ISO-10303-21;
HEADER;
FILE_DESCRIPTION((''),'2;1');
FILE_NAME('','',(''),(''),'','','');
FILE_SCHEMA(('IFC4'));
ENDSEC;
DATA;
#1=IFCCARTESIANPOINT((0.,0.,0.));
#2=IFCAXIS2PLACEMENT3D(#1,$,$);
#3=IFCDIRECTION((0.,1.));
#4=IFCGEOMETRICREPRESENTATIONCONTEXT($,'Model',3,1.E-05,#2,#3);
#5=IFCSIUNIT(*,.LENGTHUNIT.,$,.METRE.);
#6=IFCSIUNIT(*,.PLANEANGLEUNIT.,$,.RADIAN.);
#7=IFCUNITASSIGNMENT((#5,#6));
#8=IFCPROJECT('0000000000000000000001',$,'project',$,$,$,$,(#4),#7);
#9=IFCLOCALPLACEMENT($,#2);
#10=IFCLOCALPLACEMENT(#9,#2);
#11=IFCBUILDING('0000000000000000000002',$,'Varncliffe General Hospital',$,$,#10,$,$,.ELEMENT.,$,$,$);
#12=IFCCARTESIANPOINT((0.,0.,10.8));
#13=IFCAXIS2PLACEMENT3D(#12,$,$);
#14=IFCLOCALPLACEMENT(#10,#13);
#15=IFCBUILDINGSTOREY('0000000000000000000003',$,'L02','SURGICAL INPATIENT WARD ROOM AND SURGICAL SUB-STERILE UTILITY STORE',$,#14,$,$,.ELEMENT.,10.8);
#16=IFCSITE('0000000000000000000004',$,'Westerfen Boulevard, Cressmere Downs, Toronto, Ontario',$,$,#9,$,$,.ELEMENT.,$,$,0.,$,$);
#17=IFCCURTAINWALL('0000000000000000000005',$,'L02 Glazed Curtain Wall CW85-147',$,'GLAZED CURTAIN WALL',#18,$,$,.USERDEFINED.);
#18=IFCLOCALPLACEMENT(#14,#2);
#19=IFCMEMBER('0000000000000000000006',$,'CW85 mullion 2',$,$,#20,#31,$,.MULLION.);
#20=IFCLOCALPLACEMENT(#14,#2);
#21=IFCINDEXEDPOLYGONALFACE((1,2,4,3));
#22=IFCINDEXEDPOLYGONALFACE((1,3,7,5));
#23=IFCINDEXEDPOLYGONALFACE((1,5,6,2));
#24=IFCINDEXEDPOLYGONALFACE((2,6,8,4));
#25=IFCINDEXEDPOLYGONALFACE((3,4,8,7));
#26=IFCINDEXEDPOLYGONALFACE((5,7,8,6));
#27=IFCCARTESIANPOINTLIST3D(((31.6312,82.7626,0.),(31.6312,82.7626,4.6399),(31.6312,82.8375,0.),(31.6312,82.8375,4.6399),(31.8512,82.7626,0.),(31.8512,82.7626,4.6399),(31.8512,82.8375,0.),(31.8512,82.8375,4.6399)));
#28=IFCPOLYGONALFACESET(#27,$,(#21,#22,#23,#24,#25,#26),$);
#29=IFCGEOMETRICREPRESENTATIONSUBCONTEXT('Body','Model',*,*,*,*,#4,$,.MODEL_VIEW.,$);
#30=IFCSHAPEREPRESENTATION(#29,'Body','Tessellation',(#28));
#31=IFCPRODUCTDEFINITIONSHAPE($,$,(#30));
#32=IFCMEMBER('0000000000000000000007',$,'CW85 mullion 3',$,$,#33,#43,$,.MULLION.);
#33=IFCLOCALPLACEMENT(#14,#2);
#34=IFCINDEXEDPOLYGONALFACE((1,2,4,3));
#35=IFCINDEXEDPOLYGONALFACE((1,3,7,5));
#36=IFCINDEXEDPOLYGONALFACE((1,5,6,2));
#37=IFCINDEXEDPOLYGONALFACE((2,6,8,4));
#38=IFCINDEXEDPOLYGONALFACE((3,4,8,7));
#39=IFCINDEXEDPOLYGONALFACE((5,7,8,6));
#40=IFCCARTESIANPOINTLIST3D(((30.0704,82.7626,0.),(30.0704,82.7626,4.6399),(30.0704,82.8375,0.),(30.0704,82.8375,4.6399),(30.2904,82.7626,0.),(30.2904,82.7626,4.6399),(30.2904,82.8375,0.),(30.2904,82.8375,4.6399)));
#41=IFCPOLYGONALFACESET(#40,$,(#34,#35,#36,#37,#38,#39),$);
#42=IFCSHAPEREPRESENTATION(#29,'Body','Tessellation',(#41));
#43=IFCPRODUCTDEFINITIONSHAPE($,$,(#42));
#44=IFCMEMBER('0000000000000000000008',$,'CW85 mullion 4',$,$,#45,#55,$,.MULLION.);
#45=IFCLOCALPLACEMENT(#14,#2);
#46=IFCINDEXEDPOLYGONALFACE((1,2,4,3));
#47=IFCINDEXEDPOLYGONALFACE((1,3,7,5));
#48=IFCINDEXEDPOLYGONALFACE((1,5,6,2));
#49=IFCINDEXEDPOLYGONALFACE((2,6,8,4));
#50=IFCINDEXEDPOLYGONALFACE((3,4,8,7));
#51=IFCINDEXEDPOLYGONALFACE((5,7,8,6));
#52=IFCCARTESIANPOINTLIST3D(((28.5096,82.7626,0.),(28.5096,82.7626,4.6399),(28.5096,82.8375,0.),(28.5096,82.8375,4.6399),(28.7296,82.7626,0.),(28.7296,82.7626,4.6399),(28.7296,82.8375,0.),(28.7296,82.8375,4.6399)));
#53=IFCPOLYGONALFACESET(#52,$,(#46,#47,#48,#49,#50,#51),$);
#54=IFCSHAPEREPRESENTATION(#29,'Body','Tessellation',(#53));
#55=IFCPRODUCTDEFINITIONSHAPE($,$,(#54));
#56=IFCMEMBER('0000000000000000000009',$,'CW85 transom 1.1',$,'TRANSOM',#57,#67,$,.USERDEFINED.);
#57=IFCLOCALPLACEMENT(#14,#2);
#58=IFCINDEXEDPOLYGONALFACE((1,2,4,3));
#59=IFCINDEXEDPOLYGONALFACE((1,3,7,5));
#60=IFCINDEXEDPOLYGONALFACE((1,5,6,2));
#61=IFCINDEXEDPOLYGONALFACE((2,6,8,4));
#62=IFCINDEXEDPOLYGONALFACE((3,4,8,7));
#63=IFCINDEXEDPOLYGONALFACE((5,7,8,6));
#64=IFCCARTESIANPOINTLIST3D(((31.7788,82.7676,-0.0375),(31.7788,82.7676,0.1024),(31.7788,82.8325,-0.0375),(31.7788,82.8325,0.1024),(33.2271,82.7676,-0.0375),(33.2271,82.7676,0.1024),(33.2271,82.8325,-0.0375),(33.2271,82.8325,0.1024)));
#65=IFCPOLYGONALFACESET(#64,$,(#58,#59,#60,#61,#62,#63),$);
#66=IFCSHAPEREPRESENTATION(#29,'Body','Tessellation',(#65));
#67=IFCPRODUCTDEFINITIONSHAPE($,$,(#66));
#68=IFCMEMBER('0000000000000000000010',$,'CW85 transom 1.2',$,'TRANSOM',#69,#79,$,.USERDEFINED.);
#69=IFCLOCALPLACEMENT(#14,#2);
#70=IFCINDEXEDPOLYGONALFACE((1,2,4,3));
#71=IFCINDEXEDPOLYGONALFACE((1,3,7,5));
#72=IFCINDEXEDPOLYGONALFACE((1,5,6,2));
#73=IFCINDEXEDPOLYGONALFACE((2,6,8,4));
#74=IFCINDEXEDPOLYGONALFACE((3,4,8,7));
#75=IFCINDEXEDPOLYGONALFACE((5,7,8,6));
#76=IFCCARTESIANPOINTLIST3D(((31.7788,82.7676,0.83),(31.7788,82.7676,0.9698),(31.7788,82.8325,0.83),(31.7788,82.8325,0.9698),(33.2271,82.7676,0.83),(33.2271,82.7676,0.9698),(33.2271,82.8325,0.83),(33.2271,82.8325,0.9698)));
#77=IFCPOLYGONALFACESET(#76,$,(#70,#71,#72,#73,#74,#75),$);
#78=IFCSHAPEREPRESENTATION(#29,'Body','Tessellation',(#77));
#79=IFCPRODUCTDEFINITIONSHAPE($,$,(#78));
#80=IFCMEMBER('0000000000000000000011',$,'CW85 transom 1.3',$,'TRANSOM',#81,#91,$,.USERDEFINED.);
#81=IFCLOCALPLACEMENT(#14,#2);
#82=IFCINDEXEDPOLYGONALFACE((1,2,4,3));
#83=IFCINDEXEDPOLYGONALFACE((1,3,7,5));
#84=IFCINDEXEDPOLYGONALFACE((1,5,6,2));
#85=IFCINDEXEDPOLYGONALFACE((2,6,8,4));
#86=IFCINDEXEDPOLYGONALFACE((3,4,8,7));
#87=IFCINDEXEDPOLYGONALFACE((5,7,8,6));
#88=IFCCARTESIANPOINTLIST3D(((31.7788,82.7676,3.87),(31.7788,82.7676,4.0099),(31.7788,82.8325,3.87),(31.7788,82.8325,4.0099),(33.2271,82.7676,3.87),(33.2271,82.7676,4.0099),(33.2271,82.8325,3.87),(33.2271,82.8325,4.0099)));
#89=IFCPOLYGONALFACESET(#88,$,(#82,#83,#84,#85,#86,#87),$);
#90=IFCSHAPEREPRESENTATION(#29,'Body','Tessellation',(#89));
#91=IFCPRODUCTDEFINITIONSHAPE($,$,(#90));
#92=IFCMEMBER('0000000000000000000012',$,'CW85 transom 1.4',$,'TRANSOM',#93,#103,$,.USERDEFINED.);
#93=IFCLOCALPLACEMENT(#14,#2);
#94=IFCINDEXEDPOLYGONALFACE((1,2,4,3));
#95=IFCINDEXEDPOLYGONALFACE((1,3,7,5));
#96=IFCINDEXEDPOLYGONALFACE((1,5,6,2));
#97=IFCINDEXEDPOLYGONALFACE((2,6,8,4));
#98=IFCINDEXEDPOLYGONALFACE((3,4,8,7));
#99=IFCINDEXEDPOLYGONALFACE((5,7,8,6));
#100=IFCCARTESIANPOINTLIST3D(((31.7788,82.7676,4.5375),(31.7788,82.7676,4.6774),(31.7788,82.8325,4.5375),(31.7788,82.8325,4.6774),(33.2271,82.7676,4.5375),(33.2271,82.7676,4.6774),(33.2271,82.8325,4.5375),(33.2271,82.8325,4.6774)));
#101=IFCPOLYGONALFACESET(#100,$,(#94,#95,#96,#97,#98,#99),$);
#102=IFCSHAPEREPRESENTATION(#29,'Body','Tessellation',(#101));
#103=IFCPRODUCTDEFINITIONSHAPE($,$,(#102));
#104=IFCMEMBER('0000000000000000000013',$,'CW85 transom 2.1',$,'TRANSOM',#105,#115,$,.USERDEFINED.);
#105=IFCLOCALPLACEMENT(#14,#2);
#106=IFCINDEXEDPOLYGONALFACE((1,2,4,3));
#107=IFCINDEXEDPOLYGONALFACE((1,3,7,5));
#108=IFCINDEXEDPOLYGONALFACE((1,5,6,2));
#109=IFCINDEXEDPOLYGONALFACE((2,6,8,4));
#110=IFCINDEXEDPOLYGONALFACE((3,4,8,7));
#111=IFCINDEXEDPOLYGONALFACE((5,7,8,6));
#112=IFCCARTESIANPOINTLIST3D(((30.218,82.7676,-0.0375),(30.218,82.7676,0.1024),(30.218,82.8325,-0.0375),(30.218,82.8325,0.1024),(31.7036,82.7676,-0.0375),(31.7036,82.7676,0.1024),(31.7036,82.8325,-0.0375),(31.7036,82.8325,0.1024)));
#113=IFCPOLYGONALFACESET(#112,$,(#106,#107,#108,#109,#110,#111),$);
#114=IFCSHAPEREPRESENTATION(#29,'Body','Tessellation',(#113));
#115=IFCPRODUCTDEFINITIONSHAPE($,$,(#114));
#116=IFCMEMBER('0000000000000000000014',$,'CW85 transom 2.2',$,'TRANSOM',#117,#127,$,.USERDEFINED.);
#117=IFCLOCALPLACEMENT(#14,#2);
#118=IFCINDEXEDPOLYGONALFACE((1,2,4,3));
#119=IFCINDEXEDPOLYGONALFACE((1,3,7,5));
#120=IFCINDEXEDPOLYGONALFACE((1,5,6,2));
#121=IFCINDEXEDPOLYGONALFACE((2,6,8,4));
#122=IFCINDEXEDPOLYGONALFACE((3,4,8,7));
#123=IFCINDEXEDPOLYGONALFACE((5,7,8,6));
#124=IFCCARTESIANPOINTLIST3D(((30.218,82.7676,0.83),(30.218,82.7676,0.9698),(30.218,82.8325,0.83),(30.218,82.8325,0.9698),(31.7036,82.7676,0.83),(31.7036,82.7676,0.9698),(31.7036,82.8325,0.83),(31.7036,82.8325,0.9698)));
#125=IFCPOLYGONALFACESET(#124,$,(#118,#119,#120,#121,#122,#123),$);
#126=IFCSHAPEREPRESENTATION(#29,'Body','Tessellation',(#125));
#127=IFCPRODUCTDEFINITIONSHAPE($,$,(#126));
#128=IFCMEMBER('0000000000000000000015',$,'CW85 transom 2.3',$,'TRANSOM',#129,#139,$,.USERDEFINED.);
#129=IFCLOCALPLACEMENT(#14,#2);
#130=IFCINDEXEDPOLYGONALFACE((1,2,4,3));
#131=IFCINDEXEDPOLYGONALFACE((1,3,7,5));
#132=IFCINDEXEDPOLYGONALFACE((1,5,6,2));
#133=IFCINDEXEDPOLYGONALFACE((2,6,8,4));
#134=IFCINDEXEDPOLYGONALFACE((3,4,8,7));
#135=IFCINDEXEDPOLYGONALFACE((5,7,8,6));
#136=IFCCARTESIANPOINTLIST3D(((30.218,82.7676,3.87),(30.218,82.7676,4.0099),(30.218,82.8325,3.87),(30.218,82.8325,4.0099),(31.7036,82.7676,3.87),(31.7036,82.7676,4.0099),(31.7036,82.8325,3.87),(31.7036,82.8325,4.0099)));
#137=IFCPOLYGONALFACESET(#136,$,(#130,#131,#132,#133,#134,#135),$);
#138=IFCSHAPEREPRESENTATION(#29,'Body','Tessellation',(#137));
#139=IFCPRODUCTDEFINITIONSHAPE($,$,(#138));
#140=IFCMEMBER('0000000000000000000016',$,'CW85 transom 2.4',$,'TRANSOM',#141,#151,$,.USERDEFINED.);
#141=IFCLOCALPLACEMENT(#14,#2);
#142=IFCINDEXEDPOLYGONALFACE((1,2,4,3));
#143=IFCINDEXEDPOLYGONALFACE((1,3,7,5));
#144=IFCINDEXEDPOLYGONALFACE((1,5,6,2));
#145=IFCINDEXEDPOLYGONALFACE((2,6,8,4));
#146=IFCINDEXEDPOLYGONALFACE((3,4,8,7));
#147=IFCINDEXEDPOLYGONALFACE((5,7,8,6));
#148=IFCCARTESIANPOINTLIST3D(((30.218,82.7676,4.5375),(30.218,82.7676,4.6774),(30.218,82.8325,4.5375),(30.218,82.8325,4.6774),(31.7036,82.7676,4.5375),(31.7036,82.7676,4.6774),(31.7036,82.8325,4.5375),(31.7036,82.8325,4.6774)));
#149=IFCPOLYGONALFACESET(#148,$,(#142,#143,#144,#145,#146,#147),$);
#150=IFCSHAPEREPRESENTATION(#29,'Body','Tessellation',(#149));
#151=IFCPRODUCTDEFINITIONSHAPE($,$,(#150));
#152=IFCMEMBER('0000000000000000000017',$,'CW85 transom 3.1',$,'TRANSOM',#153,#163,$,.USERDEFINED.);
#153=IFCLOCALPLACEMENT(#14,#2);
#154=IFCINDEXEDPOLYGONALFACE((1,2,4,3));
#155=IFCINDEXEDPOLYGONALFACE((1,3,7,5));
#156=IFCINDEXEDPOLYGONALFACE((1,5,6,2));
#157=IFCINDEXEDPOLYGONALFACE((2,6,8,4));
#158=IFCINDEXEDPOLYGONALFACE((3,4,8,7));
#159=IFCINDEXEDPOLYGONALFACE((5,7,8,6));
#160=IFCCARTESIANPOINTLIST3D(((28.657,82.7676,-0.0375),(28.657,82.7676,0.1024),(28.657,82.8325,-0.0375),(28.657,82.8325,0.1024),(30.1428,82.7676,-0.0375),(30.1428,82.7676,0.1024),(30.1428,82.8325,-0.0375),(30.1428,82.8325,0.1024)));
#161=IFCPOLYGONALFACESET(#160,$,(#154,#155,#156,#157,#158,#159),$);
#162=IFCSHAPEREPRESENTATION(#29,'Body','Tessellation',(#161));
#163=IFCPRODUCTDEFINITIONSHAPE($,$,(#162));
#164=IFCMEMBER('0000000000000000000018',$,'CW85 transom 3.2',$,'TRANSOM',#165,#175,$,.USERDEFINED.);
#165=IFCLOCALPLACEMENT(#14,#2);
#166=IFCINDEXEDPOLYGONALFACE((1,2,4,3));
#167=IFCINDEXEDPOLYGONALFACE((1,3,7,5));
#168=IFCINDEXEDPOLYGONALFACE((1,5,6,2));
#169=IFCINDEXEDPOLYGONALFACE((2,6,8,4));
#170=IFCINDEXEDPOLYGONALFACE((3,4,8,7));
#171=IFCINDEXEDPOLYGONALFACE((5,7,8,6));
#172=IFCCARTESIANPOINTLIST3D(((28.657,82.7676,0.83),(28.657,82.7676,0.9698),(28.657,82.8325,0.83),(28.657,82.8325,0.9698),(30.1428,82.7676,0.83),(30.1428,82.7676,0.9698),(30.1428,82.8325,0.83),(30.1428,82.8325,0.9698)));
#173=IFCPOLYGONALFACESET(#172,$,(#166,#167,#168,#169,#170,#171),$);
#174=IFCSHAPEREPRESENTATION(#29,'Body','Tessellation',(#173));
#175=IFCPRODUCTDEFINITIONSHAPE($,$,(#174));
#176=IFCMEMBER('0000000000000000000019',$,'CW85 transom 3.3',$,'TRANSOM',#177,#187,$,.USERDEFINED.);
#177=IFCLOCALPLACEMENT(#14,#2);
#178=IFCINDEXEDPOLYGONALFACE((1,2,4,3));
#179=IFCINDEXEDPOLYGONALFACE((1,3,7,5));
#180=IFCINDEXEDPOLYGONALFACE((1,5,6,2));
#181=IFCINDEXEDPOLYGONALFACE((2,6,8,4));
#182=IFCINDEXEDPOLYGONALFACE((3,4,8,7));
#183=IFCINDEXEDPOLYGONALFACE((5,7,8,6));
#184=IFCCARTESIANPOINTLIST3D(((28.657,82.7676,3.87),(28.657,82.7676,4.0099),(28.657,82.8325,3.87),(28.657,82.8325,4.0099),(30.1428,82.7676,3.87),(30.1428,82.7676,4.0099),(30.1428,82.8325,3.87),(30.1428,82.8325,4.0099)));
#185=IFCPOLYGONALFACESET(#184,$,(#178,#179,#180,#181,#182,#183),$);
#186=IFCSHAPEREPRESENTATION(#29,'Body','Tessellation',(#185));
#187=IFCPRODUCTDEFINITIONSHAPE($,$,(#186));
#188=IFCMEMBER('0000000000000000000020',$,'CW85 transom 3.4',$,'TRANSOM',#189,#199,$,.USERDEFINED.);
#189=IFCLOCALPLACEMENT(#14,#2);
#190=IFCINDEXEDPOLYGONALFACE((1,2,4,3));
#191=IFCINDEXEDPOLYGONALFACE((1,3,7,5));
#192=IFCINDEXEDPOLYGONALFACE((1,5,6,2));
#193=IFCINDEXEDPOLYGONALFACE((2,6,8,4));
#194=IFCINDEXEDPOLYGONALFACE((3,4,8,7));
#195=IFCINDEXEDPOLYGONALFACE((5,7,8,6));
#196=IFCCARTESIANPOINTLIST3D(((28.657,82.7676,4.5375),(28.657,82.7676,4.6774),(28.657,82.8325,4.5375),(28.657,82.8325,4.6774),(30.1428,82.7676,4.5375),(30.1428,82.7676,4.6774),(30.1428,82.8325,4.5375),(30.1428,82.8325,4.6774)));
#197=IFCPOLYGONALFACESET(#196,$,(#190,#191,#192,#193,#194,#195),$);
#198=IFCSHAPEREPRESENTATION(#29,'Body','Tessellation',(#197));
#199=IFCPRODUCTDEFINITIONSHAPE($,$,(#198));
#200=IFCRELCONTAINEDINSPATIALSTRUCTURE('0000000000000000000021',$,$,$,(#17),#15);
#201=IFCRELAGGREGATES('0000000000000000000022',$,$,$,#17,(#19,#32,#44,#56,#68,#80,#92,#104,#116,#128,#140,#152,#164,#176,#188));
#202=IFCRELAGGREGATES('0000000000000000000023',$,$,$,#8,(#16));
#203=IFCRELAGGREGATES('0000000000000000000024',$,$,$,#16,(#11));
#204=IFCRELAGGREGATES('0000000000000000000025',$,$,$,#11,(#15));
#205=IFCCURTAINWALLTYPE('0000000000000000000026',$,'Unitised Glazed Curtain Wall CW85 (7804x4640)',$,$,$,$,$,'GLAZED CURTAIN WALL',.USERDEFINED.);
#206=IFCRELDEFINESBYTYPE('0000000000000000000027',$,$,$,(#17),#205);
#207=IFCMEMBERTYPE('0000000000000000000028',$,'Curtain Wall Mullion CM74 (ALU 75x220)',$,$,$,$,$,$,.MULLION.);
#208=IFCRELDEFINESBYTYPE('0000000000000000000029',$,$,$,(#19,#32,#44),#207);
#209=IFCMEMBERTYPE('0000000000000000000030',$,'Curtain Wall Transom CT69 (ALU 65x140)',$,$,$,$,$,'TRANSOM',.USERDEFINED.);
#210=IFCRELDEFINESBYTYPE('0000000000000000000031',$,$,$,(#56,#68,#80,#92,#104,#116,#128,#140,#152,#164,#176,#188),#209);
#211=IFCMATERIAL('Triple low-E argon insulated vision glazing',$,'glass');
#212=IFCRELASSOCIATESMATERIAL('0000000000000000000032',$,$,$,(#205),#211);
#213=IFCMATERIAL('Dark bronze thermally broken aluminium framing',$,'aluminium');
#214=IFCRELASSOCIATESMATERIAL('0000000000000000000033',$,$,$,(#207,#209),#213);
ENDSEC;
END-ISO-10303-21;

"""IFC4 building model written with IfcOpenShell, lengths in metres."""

from ifc_helpers import new_model, si_unit, direction, frame, origin, origin_2d, place, context, subcontext, project, spatial, rectangle, extrude, material, material_profile, profile_set, type_object, element, aggregate, save


model = new_model("IFC4")

# Units and contexts
model_context = context("Model", 3, precision=1e-05, world=origin(), true_north=direction((0.0, 1.0)))
body_context = subcontext(model_context, "Body", "Model", "MODEL_VIEW")
ifc_project = project(units=[si_unit("LENGTHUNIT", "METRE"), si_unit("PLANEANGLEUNIT", "RADIAN")], contexts=[model_context])

# Site, building, storey
site_placement = place(None, origin())
site = spatial("IfcSite", under=ifc_project, at=site_placement, Name="Westerfen Boulevard, Cressmere Downs, Toronto, Ontario", CompositionType="ELEMENT", RefElevation=0.0)
building_placement = place(site_placement, origin())
building = spatial("IfcBuilding", under=site, at=building_placement, Name="Varncliffe General Hospital", CompositionType="ELEMENT")
storey_placement = place(building_placement, frame((0.0, 0.0, 10.8)))
storey = spatial("IfcBuildingStorey", under=building, at=storey_placement, Name="L02", Description="SURGICAL INPATIENT WARD ROOM AND SURGICAL SUB-STERILE UTILITY STORE", CompositionType="ELEMENT", Elevation=10.8)

# Curtain wall, members
ifc_material_1 = material(Name="Triple low-E argon insulated vision glazing", Category="glass")
curtain_wall_type = type_object("IfcCurtainWallType", Name="Unitised Glazed Curtain Wall CW85 (7804x4640)", ElementType="GLAZED CURTAIN WALL", PredefinedType="USERDEFINED", material=ifc_material_1)
curtain_wall_placement = place(storey_placement, origin())
curtain_wall = element("IfcCurtainWall", 1, at=curtain_wall_placement, inside=storey, type_object=curtain_wall_type, Name="L02 Glazed Curtain Wall CW85-147", ObjectType="GLAZED CURTAIN WALL", PredefinedType="USERDEFINED")
ifc_material_2 = material(Name="Dark bronze thermally broken aluminium framing", Category="aluminium")
ifc_material_profile_1 = material_profile(ifc_material_2, rectangle(XDim=0.075, YDim=0.22, at=origin_2d()), Name="ALU 75x220")
ifc_profile_set_1 = profile_set([ifc_material_profile_1], Name="Dark bronze thermally broken aluminium framing")
member_type_1 = type_object("IfcMemberType", Name="Curtain Wall Mullion CM74 (ALU 75x220)", PredefinedType="MULLION", material=ifc_profile_set_1)
member_1_placement = place(storey_placement, frame((31.7412, 82.8, 0.0), z_axis=(0.0, 0.0, 1.0), x_axis=(0.0, -1.0, 0.0)))
member_1 = element("IfcMember", 2, at=member_1_placement, type_object=member_type_1, Name="CW85 mullion 2", PredefinedType="MULLION", context=body_context, shape_type="SweptSolid", body=[
    extrude(rectangle(XDim=0.075, YDim=0.22, at=origin_2d()), origin(), (0.0, 0.0, 1.0), 4.6399),
])
member_2_placement = place(storey_placement, frame((30.1804, 82.8, 0.0), z_axis=(0.0, 0.0, 1.0), x_axis=(0.0, -1.0, 0.0)))
member_2 = element("IfcMember", 3, at=member_2_placement, type_object=member_type_1, Name="CW85 mullion 3", PredefinedType="MULLION", context=body_context, shape_type="SweptSolid", body=[
    extrude(rectangle(XDim=0.075, YDim=0.22, at=origin_2d()), origin(), (0.0, 0.0, 1.0), 4.6399),
])
member_3_placement = place(storey_placement, frame((28.6196, 82.8, 0.0), z_axis=(0.0, 0.0, 1.0), x_axis=(0.0, -1.0, 0.0)))
member_3 = element("IfcMember", 4, at=member_3_placement, type_object=member_type_1, Name="CW85 mullion 4", PredefinedType="MULLION", context=body_context, shape_type="SweptSolid", body=[
    extrude(rectangle(XDim=0.075, YDim=0.22, at=origin_2d()), origin(), (0.0, 0.0, 1.0), 4.6399),
])
ifc_material_profile_2 = material_profile(ifc_material_2, rectangle(XDim=0.0649, YDim=0.1399, at=origin_2d()), Name="ALU 65x140")
ifc_profile_set_2 = profile_set([ifc_material_profile_2], Name="Dark bronze thermally broken aluminium framing")
member_type_2 = type_object("IfcMemberType", Name="Curtain Wall Transom CT69 (ALU 65x140)", ElementType="TRANSOM", PredefinedType="USERDEFINED", material=ifc_profile_set_2)
member_4_placement = place(storey_placement, frame((33.2271, 82.8, 0.0325), z_axis=(-1.0, 0.0, 0.0), x_axis=(0.0, -1.0, 0.0)))
member_4 = element("IfcMember", 5, at=member_4_placement, type_object=member_type_2, Name="CW85 transom 1.1", ObjectType="TRANSOM", PredefinedType="USERDEFINED", context=body_context, shape_type="SweptSolid", body=[
    extrude(rectangle(XDim=0.0649, YDim=0.1399, at=origin_2d()), origin(), (0.0, 0.0, 1.0), 1.4482),
])
member_5_placement = place(storey_placement, frame((33.2271, 82.8, 0.8999), z_axis=(-1.0, 0.0, 0.0), x_axis=(0.0, -1.0, 0.0)))
member_5 = element("IfcMember", 6, at=member_5_placement, type_object=member_type_2, Name="CW85 transom 1.2", ObjectType="TRANSOM", PredefinedType="USERDEFINED", context=body_context, shape_type="SweptSolid", body=[
    extrude(rectangle(XDim=0.0649, YDim=0.1399, at=origin_2d()), origin(), (0.0, 0.0, 1.0), 1.4482),
])
member_6_placement = place(storey_placement, frame((33.2271, 82.8, 3.9399), z_axis=(-1.0, 0.0, 0.0), x_axis=(0.0, -1.0, 0.0)))
member_6 = element("IfcMember", 7, at=member_6_placement, type_object=member_type_2, Name="CW85 transom 1.3", ObjectType="TRANSOM", PredefinedType="USERDEFINED", context=body_context, shape_type="SweptSolid", body=[
    extrude(rectangle(XDim=0.0649, YDim=0.1399, at=origin_2d()), origin(), (0.0, 0.0, 1.0), 1.4482),
])
member_7_placement = place(storey_placement, frame((33.2271, 82.8, 4.6074), z_axis=(-1.0, 0.0, 0.0), x_axis=(0.0, -1.0, 0.0)))
member_7 = element("IfcMember", 8, at=member_7_placement, type_object=member_type_2, Name="CW85 transom 1.4", ObjectType="TRANSOM", PredefinedType="USERDEFINED", context=body_context, shape_type="SweptSolid", body=[
    extrude(rectangle(XDim=0.0649, YDim=0.1399, at=origin_2d()), origin(), (0.0, 0.0, 1.0), 1.4482),
])
member_8_placement = place(storey_placement, frame((31.7036, 82.8, 0.0325), z_axis=(-1.0, 0.0, 0.0), x_axis=(0.0, -1.0, 0.0)))
member_8 = element("IfcMember", 9, at=member_8_placement, type_object=member_type_2, Name="CW85 transom 2.1", ObjectType="TRANSOM", PredefinedType="USERDEFINED", context=body_context, shape_type="SweptSolid", body=[
    extrude(rectangle(XDim=0.0649, YDim=0.1399, at=origin_2d()), origin(), (0.0, 0.0, 1.0), 1.4856),
])
member_9_placement = place(storey_placement, frame((31.7036, 82.8, 0.8999), z_axis=(-1.0, 0.0, 0.0), x_axis=(0.0, -1.0, 0.0)))
member_9 = element("IfcMember", 10, at=member_9_placement, type_object=member_type_2, Name="CW85 transom 2.2", ObjectType="TRANSOM", PredefinedType="USERDEFINED", context=body_context, shape_type="SweptSolid", body=[
    extrude(rectangle(XDim=0.0649, YDim=0.1399, at=origin_2d()), origin(), (0.0, 0.0, 1.0), 1.4856),
])
member_10_placement = place(storey_placement, frame((31.7036, 82.8, 3.9399), z_axis=(-1.0, 0.0, 0.0), x_axis=(0.0, -1.0, 0.0)))
member_10 = element("IfcMember", 11, at=member_10_placement, type_object=member_type_2, Name="CW85 transom 2.3", ObjectType="TRANSOM", PredefinedType="USERDEFINED", context=body_context, shape_type="SweptSolid", body=[
    extrude(rectangle(XDim=0.0649, YDim=0.1399, at=origin_2d()), origin(), (0.0, 0.0, 1.0), 1.4856),
])
member_11_placement = place(storey_placement, frame((31.7036, 82.8, 4.6074), z_axis=(-1.0, 0.0, 0.0), x_axis=(0.0, -1.0, 0.0)))
member_11 = element("IfcMember", 12, at=member_11_placement, type_object=member_type_2, Name="CW85 transom 2.4", ObjectType="TRANSOM", PredefinedType="USERDEFINED", context=body_context, shape_type="SweptSolid", body=[
    extrude(rectangle(XDim=0.0649, YDim=0.1399, at=origin_2d()), origin(), (0.0, 0.0, 1.0), 1.4856),
])
member_12_placement = place(storey_placement, frame((30.1428, 82.8, 0.0325), z_axis=(-1.0, 0.0, 0.0), x_axis=(0.0, -1.0, 0.0)))
member_12 = element("IfcMember", 13, at=member_12_placement, type_object=member_type_2, Name="CW85 transom 3.1", ObjectType="TRANSOM", PredefinedType="USERDEFINED", context=body_context, shape_type="SweptSolid", body=[
    extrude(rectangle(XDim=0.0649, YDim=0.1399, at=origin_2d()), origin(), (0.0, 0.0, 1.0), 1.4858),
])
member_13_placement = place(storey_placement, frame((30.1428, 82.8, 0.8999), z_axis=(-1.0, 0.0, 0.0), x_axis=(0.0, -1.0, 0.0)))
member_13 = element("IfcMember", 14, at=member_13_placement, type_object=member_type_2, Name="CW85 transom 3.2", ObjectType="TRANSOM", PredefinedType="USERDEFINED", context=body_context, shape_type="SweptSolid", body=[
    extrude(rectangle(XDim=0.0649, YDim=0.1399, at=origin_2d()), origin(), (0.0, 0.0, 1.0), 1.4858),
])
member_14_placement = place(storey_placement, frame((30.1428, 82.8, 3.9399), z_axis=(-1.0, 0.0, 0.0), x_axis=(0.0, -1.0, 0.0)))
member_14 = element("IfcMember", 15, at=member_14_placement, type_object=member_type_2, Name="CW85 transom 3.3", ObjectType="TRANSOM", PredefinedType="USERDEFINED", context=body_context, shape_type="SweptSolid", body=[
    extrude(rectangle(XDim=0.0649, YDim=0.1399, at=origin_2d()), origin(), (0.0, 0.0, 1.0), 1.4858),
])
member_15_placement = place(storey_placement, frame((30.1428, 82.8, 4.6074), z_axis=(-1.0, 0.0, 0.0), x_axis=(0.0, -1.0, 0.0)))
member_15 = element("IfcMember", 16, at=member_15_placement, type_object=member_type_2, Name="CW85 transom 3.4", ObjectType="TRANSOM", PredefinedType="USERDEFINED", context=body_context, shape_type="SweptSolid", body=[
    extrude(rectangle(XDim=0.0649, YDim=0.1399, at=origin_2d()), origin(), (0.0, 0.0, 1.0), 1.4858),
])
aggregate(curtain_wall, [member_1, member_2, member_3, member_4, member_5, member_6, member_7, member_8, member_9, member_10, member_11, member_12, member_13, member_14, member_15])

save(model, "model.ifc")
